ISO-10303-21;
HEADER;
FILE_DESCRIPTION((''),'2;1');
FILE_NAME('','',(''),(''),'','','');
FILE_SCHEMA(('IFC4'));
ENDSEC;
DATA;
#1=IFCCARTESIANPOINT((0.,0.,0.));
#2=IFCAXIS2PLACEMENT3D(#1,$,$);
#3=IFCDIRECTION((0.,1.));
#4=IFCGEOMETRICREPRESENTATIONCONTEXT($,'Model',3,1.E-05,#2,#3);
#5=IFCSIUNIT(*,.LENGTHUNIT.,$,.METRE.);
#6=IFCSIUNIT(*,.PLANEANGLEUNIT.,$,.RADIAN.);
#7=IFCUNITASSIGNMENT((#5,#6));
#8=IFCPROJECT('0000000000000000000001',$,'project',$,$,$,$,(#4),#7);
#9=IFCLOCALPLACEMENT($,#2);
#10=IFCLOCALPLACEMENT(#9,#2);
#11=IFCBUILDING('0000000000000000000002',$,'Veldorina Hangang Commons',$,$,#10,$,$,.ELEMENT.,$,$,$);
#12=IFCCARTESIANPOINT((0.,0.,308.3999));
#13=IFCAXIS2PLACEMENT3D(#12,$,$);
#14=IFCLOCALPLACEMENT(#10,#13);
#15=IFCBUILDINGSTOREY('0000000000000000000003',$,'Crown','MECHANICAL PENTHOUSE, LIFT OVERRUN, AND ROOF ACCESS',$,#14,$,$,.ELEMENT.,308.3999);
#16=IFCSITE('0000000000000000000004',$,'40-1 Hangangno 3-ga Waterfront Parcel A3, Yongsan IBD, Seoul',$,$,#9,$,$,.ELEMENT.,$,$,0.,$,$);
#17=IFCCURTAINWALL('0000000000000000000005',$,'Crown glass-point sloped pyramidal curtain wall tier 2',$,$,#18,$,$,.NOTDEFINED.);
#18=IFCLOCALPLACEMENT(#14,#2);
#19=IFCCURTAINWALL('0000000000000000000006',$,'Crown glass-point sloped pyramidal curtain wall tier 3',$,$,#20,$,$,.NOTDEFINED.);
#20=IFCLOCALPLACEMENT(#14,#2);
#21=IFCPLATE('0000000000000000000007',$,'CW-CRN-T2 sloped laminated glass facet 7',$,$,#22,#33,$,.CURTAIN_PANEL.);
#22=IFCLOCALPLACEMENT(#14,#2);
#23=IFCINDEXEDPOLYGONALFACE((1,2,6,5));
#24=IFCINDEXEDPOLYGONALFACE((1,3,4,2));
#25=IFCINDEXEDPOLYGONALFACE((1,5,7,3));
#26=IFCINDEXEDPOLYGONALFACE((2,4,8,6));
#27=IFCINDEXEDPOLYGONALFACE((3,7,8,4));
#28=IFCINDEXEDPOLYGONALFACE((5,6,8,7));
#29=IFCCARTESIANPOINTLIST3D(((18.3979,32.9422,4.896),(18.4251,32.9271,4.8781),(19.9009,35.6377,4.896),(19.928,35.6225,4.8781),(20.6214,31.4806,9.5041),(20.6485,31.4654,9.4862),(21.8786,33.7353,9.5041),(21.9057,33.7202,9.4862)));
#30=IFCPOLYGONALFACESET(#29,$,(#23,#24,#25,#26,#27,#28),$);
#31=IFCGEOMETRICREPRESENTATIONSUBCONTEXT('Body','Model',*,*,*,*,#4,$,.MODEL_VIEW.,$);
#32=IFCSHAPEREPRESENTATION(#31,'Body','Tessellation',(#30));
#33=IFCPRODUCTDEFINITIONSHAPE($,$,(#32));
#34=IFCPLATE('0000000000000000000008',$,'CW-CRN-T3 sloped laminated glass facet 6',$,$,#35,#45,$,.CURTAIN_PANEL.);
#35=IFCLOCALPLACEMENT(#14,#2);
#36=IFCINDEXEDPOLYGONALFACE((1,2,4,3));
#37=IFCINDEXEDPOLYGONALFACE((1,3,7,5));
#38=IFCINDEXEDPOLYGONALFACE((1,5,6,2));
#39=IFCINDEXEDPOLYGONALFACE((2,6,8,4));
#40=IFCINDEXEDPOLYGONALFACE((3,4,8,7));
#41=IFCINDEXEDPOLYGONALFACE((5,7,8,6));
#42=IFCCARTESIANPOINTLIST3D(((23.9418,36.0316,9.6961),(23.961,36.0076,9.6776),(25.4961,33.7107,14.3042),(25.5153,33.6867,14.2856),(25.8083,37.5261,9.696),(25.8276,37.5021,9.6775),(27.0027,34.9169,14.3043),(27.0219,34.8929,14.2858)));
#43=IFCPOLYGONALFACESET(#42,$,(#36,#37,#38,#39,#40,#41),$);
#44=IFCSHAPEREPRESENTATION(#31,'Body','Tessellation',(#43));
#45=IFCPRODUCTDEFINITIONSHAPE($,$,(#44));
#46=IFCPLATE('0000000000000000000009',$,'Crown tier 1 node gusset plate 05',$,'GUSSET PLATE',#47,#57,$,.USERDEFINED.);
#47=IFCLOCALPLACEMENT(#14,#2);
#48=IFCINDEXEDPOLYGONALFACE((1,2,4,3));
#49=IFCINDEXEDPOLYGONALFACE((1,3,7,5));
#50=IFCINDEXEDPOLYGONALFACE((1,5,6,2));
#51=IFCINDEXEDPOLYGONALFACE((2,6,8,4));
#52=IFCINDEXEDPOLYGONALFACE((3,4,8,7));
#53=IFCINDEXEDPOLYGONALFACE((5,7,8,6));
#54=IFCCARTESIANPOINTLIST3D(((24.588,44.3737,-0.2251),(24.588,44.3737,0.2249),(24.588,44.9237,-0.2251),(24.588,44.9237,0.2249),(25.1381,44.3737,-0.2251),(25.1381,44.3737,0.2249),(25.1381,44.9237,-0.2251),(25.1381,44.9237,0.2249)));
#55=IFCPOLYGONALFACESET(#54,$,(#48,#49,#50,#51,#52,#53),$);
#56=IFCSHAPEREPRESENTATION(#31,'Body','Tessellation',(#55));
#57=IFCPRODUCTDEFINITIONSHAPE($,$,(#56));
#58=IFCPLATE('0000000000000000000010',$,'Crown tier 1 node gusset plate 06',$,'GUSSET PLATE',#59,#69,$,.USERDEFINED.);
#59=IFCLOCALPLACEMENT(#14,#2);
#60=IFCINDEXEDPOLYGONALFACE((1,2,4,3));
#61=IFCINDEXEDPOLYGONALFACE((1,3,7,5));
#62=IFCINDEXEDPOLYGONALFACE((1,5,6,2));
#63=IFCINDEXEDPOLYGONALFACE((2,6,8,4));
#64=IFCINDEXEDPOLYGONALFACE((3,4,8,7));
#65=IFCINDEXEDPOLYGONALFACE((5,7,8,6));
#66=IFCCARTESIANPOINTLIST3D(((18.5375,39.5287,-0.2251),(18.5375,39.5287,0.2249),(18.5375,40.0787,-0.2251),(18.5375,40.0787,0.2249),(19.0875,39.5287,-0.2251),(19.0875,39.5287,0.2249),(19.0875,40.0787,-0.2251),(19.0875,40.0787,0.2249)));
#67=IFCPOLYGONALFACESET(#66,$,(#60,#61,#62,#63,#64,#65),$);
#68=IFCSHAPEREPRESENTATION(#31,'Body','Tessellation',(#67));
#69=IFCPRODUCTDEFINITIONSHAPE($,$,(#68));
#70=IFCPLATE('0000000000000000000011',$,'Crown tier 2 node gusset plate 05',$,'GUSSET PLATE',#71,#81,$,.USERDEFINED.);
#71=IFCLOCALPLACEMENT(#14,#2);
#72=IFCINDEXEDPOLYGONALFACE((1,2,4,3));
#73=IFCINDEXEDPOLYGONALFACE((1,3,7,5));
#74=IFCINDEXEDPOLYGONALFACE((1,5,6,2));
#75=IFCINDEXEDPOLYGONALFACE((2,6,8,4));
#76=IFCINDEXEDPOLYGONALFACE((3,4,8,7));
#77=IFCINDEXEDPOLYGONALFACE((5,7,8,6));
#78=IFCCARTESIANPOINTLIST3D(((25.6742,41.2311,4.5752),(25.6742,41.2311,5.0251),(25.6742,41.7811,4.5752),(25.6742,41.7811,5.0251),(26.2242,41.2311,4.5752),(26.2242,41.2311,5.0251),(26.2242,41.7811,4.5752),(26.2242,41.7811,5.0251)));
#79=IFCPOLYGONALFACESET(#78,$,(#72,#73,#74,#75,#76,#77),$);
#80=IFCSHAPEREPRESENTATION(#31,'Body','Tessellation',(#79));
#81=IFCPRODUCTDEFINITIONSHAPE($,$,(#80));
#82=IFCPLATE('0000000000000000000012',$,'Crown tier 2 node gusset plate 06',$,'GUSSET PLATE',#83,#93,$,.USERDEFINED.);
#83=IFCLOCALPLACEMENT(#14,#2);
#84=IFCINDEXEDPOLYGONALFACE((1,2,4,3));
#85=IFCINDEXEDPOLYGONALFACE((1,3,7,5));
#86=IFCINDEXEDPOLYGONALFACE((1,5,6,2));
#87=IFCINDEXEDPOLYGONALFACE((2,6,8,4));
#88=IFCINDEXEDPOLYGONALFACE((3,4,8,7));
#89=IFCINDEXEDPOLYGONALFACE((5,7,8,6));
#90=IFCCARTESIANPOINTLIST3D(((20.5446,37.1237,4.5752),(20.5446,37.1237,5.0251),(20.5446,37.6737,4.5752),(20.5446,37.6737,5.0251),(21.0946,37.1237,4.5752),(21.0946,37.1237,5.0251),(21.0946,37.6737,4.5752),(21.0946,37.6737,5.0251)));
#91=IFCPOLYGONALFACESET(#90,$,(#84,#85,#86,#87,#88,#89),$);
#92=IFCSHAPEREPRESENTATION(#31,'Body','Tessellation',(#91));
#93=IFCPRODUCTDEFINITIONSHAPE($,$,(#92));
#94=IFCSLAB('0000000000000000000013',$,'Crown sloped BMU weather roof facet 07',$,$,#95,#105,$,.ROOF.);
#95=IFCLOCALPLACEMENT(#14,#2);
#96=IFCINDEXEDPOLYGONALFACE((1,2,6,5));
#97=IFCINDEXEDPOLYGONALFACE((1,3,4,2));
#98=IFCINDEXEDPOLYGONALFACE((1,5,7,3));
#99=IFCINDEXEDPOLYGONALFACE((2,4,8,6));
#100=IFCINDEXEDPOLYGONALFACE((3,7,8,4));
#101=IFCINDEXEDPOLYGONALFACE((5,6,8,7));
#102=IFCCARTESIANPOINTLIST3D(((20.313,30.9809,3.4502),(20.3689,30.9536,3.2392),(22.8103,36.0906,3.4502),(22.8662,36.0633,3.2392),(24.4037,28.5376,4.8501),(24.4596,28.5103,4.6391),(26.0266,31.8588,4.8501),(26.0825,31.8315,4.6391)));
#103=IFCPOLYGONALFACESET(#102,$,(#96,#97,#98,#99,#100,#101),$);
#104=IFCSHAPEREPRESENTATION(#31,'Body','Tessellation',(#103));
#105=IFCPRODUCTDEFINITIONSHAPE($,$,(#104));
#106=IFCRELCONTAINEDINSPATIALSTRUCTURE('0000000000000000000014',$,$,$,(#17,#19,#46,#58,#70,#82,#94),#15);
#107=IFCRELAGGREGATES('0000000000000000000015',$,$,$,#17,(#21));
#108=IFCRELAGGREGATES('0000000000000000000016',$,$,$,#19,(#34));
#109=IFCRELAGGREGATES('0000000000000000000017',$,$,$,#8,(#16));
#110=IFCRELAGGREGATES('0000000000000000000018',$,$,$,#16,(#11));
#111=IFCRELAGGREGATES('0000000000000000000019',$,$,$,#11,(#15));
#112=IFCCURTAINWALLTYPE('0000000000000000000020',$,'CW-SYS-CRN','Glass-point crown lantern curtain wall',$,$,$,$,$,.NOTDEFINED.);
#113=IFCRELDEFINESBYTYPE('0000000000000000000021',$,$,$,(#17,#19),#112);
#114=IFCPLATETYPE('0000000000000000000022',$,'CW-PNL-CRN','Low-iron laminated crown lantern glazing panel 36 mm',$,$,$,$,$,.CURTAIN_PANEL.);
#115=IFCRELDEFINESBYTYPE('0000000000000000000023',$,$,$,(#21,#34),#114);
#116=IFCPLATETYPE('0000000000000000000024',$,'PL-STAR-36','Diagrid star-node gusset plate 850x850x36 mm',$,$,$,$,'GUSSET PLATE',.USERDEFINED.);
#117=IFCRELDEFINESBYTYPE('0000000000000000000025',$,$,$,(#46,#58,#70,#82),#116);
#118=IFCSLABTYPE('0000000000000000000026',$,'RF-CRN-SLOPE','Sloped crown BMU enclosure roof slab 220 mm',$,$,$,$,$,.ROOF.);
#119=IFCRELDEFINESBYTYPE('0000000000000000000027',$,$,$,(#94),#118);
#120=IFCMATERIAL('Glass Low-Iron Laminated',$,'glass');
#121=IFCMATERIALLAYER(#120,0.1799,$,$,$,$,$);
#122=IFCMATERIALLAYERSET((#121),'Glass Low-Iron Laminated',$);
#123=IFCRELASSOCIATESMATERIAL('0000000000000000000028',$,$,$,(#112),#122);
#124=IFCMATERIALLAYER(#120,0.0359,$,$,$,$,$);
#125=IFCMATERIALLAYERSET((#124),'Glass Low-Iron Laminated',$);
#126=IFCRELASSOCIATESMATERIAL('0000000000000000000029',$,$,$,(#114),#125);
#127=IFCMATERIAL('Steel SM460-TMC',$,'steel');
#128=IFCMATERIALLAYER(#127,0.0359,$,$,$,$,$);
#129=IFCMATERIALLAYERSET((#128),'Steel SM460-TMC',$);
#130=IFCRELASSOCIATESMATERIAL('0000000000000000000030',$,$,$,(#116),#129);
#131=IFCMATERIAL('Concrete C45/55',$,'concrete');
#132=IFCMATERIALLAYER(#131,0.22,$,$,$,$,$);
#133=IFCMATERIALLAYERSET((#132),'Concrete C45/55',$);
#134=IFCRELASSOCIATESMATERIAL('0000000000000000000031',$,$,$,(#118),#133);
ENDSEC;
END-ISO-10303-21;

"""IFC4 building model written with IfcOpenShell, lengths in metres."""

from ifc_helpers import new_model, si_unit, direction, frame, origin, origin_2d, place, context, subcontext, project, spatial, polyline, rectangle, outline, extrude, material, layer, layer_set, type_object, element, aggregate, save


model = new_model("IFC4")

# Units and contexts
model_context = context("Model", 3, precision=1e-05, world=origin(), true_north=direction((0.0, 1.0)))
body_context = subcontext(model_context, "Body", "Model", "MODEL_VIEW")
ifc_project = project(units=[si_unit("LENGTHUNIT", "METRE"), si_unit("PLANEANGLEUNIT", "RADIAN")], contexts=[model_context])

# Site, building, storey
site_placement = place(None, origin())
site = spatial("IfcSite", under=ifc_project, at=site_placement, Name="40-1 Hangangno 3-ga Waterfront Parcel A3, Yongsan IBD, Seoul", CompositionType="ELEMENT", RefElevation=0.0)
building_placement = place(site_placement, origin())
building = spatial("IfcBuilding", under=site, at=building_placement, Name="Veldorina Hangang Commons", CompositionType="ELEMENT")
storey_placement = place(building_placement, frame((0.0, 0.0, 308.3999)))
storey = spatial("IfcBuildingStorey", under=building, at=storey_placement, Name="Crown", Description="MECHANICAL PENTHOUSE, LIFT OVERRUN, AND ROOF ACCESS", CompositionType="ELEMENT", Elevation=308.3999)

# Shared definitions
ifc_material_1 = material(Name="Steel SM460-TMC", Category="steel")

# Shared definitions
ifc_material_2 = material(Name="Glass Low-Iron Laminated", Category="glass")
ifc_layer_1 = layer(ifc_material_2, 0.1799)
ifc_layer_set_1 = layer_set([ifc_layer_1], Name="Glass Low-Iron Laminated")
curtain_wall_type = type_object("IfcCurtainWallType", Name="CW-SYS-CRN", Description="Glass-point crown lantern curtain wall", PredefinedType="NOTDEFINED", material=ifc_layer_set_1)

# Curtain walls
curtain_wall_1_placement = place(storey_placement, origin())
curtain_wall_1 = element("IfcCurtainWall", 1, at=curtain_wall_1_placement, inside=storey, type_object=curtain_wall_type, Name="Crown glass-point sloped pyramidal curtain wall tier 2", PredefinedType="NOTDEFINED")
curtain_wall_2_placement = place(storey_placement, origin())
curtain_wall_2 = element("IfcCurtainWall", 2, at=curtain_wall_2_placement, inside=storey, type_object=curtain_wall_type, Name="Crown glass-point sloped pyramidal curtain wall tier 3", PredefinedType="NOTDEFINED")

# Plates
ifc_layer_2 = layer(ifc_material_2, 0.0359)
ifc_layer_set_2 = layer_set([ifc_layer_2], Name="Glass Low-Iron Laminated")
plate_type_1 = type_object("IfcPlateType", Name="CW-PNL-CRN", Description="Low-iron laminated crown lantern glazing panel 36 mm", PredefinedType="CURTAIN_PANEL", material=ifc_layer_set_2)
plate_1_placement = place(storey_placement, frame((19.9009, 35.6377, 4.896), z_axis=(-0.75687, 0.422014, 0.49905), x_axis=(-0.486989, -0.873408, 0.000006)))
plate_1 = element("IfcPlate", 3, at=plate_1_placement, type_object=plate_type_1, Name="CW-CRN-T2 sloped laminated glass facet 7", PredefinedType="CURTAIN_PANEL", context=body_context, shape_type="SweptSolid", body=[
    extrude(outline(polyline([(0.0, 0.0), (3.0862, 0.0), (3.28, 5.3176), (0.6985, 5.3176), (0.0, 0.0)])), origin(), (0.0, 0.0, -1.0), 0.0359),
])
aggregate(curtain_wall_1, [plate_1])
plate_2_placement = place(storey_placement, frame((25.8083, 37.5261, 9.696), z_axis=(-0.535002, 0.668197, 0.516997), x_axis=(-0.780603, -0.625027, 0.000032)))
plate_2 = element("IfcPlate", 4, at=plate_2_placement, type_object=plate_type_1, Name="CW-CRN-T3 sloped laminated glass facet 6", PredefinedType="CURTAIN_PANEL", context=body_context, shape_type="SweptSolid", body=[
    extrude(outline(polyline([(0.0, 0.0), (2.3911, 0.0), (2.6287, 5.3833), (0.6987, 5.3835), (0.0, 0.0)])), origin(), (0.0, 0.0, -1.0), 0.0359),
])
aggregate(curtain_wall_2, [plate_2])

# Plates
ifc_layer_3 = layer(ifc_material_1, 0.0359)
ifc_layer_set_3 = layer_set([ifc_layer_3], Name="Steel SM460-TMC")
plate_type_2 = type_object("IfcPlateType", Name="PL-STAR-36", Description="Diagrid star-node gusset plate 850x850x36 mm", ElementType="GUSSET PLATE", PredefinedType="USERDEFINED", material=ifc_layer_set_3)
for number, where, z_axis, x_axis, name in (
    (5, (24.863, 44.6487, -0.2251), (0.0, 0.0, 1.0), (1.0, 0.0, 0.0), "Crown tier 1 node gusset plate 05"),
    (6, (18.8125, 39.8037, -0.2251), (0.0, 0.0, 1.0), (1.0, 0.0, 0.0), "Crown tier 1 node gusset plate 06"),
    (7, (25.9492, 41.5061, 4.5752), (0.0, 0.0, 1.0), (1.0, 0.0, 0.0), "Crown tier 2 node gusset plate 05"),
    (8, (20.8196, 37.3987, 4.5752), (0.0, 0.0, 1.0), (1.0, 0.0, 0.0), "Crown tier 2 node gusset plate 06"),
):
    element("IfcPlate", number, at=place(storey_placement, frame(where, z_axis=z_axis, x_axis=x_axis)), inside=storey, type_object=plate_type_2, Name=name, ObjectType="GUSSET PLATE", PredefinedType="USERDEFINED", context=body_context, shape_type="SweptSolid", body=[
        extrude(rectangle(XDim=0.55, YDim=0.55, at=origin_2d()), origin(), (0.0, 0.0, 1.0), 0.45),
    ])

# Slab
ifc_material_3 = material(Name="Concrete C45/55", Category="concrete")
ifc_layer_4 = layer(ifc_material_3, 0.22)
ifc_layer_set_4 = layer_set([ifc_layer_4], Name="Concrete C45/55")
slab_type = type_object("IfcSlabType", Name="RF-CRN-SLOPE", Description="Sloped crown BMU enclosure roof slab 220 mm", PredefinedType="ROOF", material=ifc_layer_set_4)
slab_placement = place(storey_placement, frame((22.8103, 36.0906, 3.4502), z_axis=(-0.25409, 0.124179, 0.959176), x_axis=(-0.439106, -0.898435, -0.000006)))
element("IfcSlab", 9, at=slab_placement, inside=storey, type_object=slab_type, Name="Crown sloped BMU weather roof facet 07", PredefinedType="ROOF", context=body_context, shape_type="SweptSolid", body=[
    extrude(outline(polyline([(0.0, 0.0), (5.6873, 0.0), (6.0862, 4.9502), (2.3896, 4.95), (0.0, 0.0)])), origin(), (0.0, 0.0, -1.0), 0.22),
])

save(model, "model.ifc")
